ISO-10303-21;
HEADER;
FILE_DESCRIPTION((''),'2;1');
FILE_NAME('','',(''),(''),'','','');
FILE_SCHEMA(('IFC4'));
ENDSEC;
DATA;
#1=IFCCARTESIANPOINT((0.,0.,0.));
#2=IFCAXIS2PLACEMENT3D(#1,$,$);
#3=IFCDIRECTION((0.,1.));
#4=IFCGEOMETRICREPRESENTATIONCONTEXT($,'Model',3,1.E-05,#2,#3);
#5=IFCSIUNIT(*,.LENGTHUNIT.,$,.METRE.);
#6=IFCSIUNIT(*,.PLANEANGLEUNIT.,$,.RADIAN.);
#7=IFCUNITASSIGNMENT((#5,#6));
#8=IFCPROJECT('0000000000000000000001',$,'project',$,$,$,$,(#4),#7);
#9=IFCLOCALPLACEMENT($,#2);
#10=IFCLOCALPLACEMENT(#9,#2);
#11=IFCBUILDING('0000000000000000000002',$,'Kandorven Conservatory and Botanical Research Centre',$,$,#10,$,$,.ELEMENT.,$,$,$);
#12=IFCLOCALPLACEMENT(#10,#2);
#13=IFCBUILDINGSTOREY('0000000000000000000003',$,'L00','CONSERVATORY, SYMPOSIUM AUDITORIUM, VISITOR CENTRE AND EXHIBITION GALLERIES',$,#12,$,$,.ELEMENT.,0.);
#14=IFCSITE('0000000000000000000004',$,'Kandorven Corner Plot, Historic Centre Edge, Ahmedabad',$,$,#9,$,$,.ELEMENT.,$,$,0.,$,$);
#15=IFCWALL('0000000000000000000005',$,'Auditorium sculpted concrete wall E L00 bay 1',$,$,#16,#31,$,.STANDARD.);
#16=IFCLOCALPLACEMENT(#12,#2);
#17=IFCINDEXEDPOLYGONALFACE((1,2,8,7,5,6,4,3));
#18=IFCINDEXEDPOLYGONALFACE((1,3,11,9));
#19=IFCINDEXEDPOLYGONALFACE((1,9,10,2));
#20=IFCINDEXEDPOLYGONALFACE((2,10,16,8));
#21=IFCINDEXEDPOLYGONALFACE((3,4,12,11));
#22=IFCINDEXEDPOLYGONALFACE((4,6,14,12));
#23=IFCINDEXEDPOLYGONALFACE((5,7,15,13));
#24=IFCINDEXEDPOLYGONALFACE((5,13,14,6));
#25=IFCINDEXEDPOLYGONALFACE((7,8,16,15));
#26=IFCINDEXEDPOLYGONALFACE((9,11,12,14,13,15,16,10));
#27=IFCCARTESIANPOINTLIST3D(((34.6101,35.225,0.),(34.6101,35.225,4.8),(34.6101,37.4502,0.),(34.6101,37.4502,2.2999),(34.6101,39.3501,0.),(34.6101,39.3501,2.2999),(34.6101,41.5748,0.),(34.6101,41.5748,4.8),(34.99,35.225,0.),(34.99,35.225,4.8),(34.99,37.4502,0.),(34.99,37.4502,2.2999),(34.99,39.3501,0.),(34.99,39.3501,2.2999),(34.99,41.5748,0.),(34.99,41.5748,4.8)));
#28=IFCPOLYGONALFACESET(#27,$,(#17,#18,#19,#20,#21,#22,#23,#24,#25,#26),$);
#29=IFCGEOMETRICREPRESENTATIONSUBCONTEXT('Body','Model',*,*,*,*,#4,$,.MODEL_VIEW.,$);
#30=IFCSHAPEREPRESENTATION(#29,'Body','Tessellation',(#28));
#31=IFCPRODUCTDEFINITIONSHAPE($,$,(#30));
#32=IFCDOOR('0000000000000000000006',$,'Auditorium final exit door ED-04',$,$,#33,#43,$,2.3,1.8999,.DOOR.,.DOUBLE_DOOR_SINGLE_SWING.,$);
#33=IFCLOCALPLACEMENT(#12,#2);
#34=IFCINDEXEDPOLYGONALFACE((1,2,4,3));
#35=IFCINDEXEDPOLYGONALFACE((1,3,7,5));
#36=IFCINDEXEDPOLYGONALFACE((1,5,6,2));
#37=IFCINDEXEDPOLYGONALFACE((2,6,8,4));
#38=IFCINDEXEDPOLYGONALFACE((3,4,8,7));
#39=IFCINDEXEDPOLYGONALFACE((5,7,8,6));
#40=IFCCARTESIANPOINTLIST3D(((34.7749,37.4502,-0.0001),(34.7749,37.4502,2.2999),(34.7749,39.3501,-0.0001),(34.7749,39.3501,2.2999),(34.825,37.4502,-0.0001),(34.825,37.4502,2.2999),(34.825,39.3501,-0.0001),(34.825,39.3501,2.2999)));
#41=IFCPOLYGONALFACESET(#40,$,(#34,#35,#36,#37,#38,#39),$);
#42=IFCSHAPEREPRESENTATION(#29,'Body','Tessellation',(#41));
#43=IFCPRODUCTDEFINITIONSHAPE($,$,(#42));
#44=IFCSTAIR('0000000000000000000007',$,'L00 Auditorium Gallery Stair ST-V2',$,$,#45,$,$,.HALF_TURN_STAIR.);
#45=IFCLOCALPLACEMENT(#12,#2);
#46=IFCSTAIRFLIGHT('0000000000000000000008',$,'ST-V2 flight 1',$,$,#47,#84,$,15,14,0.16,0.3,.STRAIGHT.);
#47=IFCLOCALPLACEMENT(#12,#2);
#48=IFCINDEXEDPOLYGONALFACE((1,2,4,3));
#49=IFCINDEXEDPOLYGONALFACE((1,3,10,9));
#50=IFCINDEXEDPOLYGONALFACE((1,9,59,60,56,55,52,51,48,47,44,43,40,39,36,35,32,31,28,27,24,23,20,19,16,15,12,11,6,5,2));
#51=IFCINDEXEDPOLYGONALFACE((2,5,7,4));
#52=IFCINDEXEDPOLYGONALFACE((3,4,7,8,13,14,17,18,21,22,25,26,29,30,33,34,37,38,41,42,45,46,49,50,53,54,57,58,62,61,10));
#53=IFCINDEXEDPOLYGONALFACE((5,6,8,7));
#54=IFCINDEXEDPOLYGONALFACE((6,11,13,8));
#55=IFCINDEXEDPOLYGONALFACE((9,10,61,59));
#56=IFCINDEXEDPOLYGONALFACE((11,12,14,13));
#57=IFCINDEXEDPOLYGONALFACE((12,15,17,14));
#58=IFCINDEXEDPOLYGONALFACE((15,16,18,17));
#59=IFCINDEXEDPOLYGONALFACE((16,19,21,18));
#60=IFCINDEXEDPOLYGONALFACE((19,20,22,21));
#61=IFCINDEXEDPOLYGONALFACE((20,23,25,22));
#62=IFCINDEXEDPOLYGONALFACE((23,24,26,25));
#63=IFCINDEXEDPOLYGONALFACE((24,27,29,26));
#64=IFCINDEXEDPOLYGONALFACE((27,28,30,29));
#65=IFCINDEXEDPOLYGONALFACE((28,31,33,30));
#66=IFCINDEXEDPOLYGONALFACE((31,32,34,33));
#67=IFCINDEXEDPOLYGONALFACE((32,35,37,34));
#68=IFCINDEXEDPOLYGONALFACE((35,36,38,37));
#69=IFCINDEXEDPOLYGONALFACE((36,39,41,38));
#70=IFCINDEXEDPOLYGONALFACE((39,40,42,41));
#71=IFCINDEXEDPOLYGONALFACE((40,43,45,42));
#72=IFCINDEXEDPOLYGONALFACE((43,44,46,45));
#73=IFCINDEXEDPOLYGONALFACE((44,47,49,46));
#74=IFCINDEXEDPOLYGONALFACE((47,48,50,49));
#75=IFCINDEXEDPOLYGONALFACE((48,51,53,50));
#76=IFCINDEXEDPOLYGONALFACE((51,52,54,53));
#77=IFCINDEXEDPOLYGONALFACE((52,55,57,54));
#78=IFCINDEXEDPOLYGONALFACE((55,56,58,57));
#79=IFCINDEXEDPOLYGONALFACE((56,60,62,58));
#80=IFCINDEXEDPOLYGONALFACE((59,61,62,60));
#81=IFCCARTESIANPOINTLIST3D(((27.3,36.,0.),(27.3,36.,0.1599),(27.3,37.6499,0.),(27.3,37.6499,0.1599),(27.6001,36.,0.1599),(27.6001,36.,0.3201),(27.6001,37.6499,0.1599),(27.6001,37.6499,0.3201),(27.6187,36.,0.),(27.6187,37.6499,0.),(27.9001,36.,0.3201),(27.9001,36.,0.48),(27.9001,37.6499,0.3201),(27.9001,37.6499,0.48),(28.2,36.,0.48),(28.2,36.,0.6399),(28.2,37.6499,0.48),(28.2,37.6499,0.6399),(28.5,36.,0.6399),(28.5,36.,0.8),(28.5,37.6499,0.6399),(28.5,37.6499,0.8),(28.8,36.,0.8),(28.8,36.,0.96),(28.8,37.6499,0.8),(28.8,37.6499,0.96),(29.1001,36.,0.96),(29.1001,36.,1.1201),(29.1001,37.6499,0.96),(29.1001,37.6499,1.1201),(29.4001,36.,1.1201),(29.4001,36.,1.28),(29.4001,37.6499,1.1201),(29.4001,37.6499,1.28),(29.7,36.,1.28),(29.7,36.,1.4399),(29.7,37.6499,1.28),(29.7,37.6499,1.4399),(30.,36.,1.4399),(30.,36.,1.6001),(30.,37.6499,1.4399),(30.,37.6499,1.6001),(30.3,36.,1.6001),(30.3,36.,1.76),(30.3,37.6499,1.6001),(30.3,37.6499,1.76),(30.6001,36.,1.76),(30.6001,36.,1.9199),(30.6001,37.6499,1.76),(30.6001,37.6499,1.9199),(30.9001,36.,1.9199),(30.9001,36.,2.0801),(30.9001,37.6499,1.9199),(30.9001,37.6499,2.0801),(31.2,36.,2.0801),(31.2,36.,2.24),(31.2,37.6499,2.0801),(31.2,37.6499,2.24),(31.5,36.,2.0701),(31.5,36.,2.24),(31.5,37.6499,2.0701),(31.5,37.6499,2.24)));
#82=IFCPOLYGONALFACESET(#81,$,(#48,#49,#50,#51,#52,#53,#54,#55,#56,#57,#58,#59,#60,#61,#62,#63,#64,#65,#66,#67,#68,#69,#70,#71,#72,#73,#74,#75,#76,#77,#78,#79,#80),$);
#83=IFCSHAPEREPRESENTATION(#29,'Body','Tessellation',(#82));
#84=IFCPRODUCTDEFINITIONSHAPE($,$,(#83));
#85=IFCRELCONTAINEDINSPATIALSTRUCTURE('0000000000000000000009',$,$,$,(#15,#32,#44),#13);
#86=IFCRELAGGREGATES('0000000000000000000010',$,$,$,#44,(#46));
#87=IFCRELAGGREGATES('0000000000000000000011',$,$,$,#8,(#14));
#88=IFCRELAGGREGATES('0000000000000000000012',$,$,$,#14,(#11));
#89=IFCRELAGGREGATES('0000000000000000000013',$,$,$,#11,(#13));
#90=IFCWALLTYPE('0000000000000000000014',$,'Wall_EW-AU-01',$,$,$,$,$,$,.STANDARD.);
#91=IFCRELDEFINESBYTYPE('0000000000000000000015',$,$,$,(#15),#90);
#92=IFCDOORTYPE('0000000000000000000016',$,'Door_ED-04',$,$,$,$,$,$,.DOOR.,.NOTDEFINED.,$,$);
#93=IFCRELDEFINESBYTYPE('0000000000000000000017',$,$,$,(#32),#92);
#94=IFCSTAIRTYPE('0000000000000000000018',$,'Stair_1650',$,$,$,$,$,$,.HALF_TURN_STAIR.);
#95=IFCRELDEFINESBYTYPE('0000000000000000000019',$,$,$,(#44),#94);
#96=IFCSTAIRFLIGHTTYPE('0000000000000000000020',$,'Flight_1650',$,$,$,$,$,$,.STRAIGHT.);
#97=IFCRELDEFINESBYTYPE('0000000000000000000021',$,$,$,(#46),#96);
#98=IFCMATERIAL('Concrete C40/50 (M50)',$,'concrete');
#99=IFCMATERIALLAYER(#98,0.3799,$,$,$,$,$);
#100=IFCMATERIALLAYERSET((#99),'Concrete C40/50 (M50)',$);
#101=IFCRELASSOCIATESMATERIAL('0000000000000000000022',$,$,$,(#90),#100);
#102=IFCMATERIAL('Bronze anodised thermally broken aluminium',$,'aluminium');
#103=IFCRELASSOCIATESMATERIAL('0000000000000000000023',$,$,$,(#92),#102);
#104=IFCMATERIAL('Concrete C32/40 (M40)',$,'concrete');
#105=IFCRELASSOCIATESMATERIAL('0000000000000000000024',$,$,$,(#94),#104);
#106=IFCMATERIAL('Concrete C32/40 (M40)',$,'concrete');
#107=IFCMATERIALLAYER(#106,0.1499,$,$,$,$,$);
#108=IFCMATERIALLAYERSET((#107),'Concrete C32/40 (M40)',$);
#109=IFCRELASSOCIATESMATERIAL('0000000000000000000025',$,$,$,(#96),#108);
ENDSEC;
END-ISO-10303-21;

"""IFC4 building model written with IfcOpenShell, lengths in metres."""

from ifc_helpers import new_model, si_unit, direction, frame, frame_2d, origin, place, context, subcontext, project, spatial, polyline, rectangle, outline, extrude, material, layer, layer_set, type_object, element, fill, aggregate, save


model = new_model("IFC4")

# Units and contexts
model_context = context("Model", 3, precision=1e-05, world=origin(), true_north=direction((0.0, 1.0)))
body_context = subcontext(model_context, "Body", "Model", "MODEL_VIEW")
ifc_project = project(units=[si_unit("LENGTHUNIT", "METRE"), si_unit("PLANEANGLEUNIT", "RADIAN")], contexts=[model_context])

# Site, building, storey
site_placement = place(None, origin())
site = spatial("IfcSite", under=ifc_project, at=site_placement, Name="Kandorven Corner Plot, Historic Centre Edge, Ahmedabad", CompositionType="ELEMENT", RefElevation=0.0)
building_placement = place(site_placement, origin())
building = spatial("IfcBuilding", under=site, at=building_placement, Name="Kandorven Conservatory and Botanical Research Centre", CompositionType="ELEMENT")
storey_placement = place(building_placement, origin())
storey = spatial("IfcBuildingStorey", under=building, at=storey_placement, Name="L00", Description="CONSERVATORY, SYMPOSIUM AUDITORIUM, VISITOR CENTRE AND EXHIBITION GALLERIES", CompositionType="ELEMENT", Elevation=0.0)

# Wall, opening, door
ifc_material_1 = material(Name="Concrete C40/50 (M50)", Category="concrete")
ifc_layer_1 = layer(ifc_material_1, 0.3799)
ifc_layer_set_1 = layer_set([ifc_layer_1], Name="Concrete C40/50 (M50)")
wall_type_1 = type_object("IfcWallType", Name="Wall_EW-AU-01", PredefinedType="STANDARD", material=ifc_layer_set_1)
wall_1_placement = place(storey_placement, frame((34.8, 35.2251, 0.0), z_axis=(0.0, 0.0, 1.0), x_axis=(0.0, 1.0, 0.0)))
wall_1 = element("IfcWall", 1, at=wall_1_placement, inside=storey, type_object=wall_type_1, Name="Auditorium sculpted concrete wall E L00 bay 1", PredefinedType="STANDARD", context=body_context, shape_type="SweptSolid", body=[
    extrude(rectangle(XDim=6.3499, YDim=0.3799, at=frame_2d((3.1748, 0.0))), origin(), (0.0, 0.0, 1.0), 4.8),
])
opening_1_placement = place(wall_1_placement, frame((2.2251, 0.0, 0.0)))
opening_1 = element("IfcOpeningElement", 2, at=opening_1_placement, cuts=wall_1, PredefinedType="OPENING", context=body_context, shape_type="SweptSolid", body=[
    extrude(rectangle(XDim=1.8999, YDim=2.3, at=frame_2d((0.95, 1.1499))), frame((0.0, 0.2, 0.0), z_axis=(0.0, -1.0, 0.0), x_axis=(1.0, 0.0, 0.0)), (0.0, 0.0, 1.0), 0.3999),
])
ifc_material_2 = material(Name="Bronze anodised thermally broken aluminium", Category="aluminium")
door_type_1 = type_object("IfcDoorType", Name="Door_ED-04", OperationType="NOTDEFINED", PredefinedType="DOOR", material=ifc_material_2)
door_1_placement = place(opening_1_placement, frame((1.8999, 0.0, 0.0), z_axis=(0.0, 0.0, 1.0), x_axis=(-1.0, 0.0, 0.0)))
door_1 = element("IfcDoor", 3, at=door_1_placement, inside=storey, type_object=door_type_1, Name="Auditorium final exit door ED-04", OperationType="DOUBLE_DOOR_SINGLE_SWING", OverallHeight=2.3, OverallWidth=1.8999, PredefinedType="DOOR", context=body_context, shape_type="SweptSolid", body=[
    extrude(rectangle(XDim=1.8999, YDim=2.3, at=frame_2d((0.95, 1.1499))), frame((0.0, 0.0249, 0.0), z_axis=(0.0, -1.0, 0.0), x_axis=(1.0, 0.0, 0.0)), (0.0, 0.0, 1.0), 0.05),
])
fill(opening_1, door_1)

# Stair, stair flight
ifc_material_3 = material(Name="Concrete C32/40 (M40)", Category="concrete")
stair_type = type_object("IfcStairType", Name="Stair_1650", PredefinedType="HALF_TURN_STAIR", material=ifc_material_3)
stair_placement = place(storey_placement, origin())
stair = element("IfcStair", 4, at=stair_placement, inside=storey, type_object=stair_type, Name="L00 Auditorium Gallery Stair ST-V2", PredefinedType="HALF_TURN_STAIR")
ifc_material_4 = material(Name="Concrete C32/40 (M40)", Category="concrete")
ifc_layer_2 = layer(ifc_material_4, 0.1499)
ifc_layer_set_2 = layer_set([ifc_layer_2], Name="Concrete C32/40 (M40)")
stair_flight_type = type_object("IfcStairFlightType", Name="Flight_1650", PredefinedType="STRAIGHT", material=ifc_layer_set_2)
stair_flight_placement = place(storey_placement, frame((27.3, 36.825, 0.0), z_axis=(0.0, 0.0, 1.0), x_axis=(1.0, 0.0, 0.0)))
stair_flight = element("IfcStairFlight", 5, at=stair_flight_placement, type_object=stair_flight_type, Name="ST-V2 flight 1", NumberOfRisers=15, NumberOfTreads=14, PredefinedType="STRAIGHT", RiserHeight=0.16, TreadLength=0.3, context=body_context, shape_type="SweptSolid", body=[
    extrude(outline(polyline([(0.0, 0.0), (0.0, 0.1599), (0.3, 0.1599), (0.3, 0.3201), (0.6001, 0.3201), (0.6001, 0.48), (0.8999, 0.48), (0.8999, 0.6399), (1.2, 0.6399), (1.2, 0.8), (1.5, 0.8), (1.5, 0.96), (1.8, 0.96), (1.8, 1.1201), (2.1001, 1.1201), (2.1001, 1.28), (2.3999, 1.28), (2.3999, 1.4399), (2.7, 1.4399), (2.7, 1.6001), (3.0, 1.6001), (3.0, 1.76), (3.3, 1.76), (3.3, 1.9199), (3.6001, 1.9199), (3.6001, 2.0801), (3.8999, 2.0801), (3.8999, 2.24), (4.2, 2.24), (4.2, 2.3999), (4.2, 2.0701), (0.3186, 0.0), (0.0, 0.0)])), frame((0.0, 0.825, 0.0), z_axis=(0.0, -1.0, 0.0), x_axis=(1.0, 0.0, 0.0)), (0.0, 0.0, 1.0), 1.6499),
])
aggregate(stair, [stair_flight])

save(model, "model.ifc")
